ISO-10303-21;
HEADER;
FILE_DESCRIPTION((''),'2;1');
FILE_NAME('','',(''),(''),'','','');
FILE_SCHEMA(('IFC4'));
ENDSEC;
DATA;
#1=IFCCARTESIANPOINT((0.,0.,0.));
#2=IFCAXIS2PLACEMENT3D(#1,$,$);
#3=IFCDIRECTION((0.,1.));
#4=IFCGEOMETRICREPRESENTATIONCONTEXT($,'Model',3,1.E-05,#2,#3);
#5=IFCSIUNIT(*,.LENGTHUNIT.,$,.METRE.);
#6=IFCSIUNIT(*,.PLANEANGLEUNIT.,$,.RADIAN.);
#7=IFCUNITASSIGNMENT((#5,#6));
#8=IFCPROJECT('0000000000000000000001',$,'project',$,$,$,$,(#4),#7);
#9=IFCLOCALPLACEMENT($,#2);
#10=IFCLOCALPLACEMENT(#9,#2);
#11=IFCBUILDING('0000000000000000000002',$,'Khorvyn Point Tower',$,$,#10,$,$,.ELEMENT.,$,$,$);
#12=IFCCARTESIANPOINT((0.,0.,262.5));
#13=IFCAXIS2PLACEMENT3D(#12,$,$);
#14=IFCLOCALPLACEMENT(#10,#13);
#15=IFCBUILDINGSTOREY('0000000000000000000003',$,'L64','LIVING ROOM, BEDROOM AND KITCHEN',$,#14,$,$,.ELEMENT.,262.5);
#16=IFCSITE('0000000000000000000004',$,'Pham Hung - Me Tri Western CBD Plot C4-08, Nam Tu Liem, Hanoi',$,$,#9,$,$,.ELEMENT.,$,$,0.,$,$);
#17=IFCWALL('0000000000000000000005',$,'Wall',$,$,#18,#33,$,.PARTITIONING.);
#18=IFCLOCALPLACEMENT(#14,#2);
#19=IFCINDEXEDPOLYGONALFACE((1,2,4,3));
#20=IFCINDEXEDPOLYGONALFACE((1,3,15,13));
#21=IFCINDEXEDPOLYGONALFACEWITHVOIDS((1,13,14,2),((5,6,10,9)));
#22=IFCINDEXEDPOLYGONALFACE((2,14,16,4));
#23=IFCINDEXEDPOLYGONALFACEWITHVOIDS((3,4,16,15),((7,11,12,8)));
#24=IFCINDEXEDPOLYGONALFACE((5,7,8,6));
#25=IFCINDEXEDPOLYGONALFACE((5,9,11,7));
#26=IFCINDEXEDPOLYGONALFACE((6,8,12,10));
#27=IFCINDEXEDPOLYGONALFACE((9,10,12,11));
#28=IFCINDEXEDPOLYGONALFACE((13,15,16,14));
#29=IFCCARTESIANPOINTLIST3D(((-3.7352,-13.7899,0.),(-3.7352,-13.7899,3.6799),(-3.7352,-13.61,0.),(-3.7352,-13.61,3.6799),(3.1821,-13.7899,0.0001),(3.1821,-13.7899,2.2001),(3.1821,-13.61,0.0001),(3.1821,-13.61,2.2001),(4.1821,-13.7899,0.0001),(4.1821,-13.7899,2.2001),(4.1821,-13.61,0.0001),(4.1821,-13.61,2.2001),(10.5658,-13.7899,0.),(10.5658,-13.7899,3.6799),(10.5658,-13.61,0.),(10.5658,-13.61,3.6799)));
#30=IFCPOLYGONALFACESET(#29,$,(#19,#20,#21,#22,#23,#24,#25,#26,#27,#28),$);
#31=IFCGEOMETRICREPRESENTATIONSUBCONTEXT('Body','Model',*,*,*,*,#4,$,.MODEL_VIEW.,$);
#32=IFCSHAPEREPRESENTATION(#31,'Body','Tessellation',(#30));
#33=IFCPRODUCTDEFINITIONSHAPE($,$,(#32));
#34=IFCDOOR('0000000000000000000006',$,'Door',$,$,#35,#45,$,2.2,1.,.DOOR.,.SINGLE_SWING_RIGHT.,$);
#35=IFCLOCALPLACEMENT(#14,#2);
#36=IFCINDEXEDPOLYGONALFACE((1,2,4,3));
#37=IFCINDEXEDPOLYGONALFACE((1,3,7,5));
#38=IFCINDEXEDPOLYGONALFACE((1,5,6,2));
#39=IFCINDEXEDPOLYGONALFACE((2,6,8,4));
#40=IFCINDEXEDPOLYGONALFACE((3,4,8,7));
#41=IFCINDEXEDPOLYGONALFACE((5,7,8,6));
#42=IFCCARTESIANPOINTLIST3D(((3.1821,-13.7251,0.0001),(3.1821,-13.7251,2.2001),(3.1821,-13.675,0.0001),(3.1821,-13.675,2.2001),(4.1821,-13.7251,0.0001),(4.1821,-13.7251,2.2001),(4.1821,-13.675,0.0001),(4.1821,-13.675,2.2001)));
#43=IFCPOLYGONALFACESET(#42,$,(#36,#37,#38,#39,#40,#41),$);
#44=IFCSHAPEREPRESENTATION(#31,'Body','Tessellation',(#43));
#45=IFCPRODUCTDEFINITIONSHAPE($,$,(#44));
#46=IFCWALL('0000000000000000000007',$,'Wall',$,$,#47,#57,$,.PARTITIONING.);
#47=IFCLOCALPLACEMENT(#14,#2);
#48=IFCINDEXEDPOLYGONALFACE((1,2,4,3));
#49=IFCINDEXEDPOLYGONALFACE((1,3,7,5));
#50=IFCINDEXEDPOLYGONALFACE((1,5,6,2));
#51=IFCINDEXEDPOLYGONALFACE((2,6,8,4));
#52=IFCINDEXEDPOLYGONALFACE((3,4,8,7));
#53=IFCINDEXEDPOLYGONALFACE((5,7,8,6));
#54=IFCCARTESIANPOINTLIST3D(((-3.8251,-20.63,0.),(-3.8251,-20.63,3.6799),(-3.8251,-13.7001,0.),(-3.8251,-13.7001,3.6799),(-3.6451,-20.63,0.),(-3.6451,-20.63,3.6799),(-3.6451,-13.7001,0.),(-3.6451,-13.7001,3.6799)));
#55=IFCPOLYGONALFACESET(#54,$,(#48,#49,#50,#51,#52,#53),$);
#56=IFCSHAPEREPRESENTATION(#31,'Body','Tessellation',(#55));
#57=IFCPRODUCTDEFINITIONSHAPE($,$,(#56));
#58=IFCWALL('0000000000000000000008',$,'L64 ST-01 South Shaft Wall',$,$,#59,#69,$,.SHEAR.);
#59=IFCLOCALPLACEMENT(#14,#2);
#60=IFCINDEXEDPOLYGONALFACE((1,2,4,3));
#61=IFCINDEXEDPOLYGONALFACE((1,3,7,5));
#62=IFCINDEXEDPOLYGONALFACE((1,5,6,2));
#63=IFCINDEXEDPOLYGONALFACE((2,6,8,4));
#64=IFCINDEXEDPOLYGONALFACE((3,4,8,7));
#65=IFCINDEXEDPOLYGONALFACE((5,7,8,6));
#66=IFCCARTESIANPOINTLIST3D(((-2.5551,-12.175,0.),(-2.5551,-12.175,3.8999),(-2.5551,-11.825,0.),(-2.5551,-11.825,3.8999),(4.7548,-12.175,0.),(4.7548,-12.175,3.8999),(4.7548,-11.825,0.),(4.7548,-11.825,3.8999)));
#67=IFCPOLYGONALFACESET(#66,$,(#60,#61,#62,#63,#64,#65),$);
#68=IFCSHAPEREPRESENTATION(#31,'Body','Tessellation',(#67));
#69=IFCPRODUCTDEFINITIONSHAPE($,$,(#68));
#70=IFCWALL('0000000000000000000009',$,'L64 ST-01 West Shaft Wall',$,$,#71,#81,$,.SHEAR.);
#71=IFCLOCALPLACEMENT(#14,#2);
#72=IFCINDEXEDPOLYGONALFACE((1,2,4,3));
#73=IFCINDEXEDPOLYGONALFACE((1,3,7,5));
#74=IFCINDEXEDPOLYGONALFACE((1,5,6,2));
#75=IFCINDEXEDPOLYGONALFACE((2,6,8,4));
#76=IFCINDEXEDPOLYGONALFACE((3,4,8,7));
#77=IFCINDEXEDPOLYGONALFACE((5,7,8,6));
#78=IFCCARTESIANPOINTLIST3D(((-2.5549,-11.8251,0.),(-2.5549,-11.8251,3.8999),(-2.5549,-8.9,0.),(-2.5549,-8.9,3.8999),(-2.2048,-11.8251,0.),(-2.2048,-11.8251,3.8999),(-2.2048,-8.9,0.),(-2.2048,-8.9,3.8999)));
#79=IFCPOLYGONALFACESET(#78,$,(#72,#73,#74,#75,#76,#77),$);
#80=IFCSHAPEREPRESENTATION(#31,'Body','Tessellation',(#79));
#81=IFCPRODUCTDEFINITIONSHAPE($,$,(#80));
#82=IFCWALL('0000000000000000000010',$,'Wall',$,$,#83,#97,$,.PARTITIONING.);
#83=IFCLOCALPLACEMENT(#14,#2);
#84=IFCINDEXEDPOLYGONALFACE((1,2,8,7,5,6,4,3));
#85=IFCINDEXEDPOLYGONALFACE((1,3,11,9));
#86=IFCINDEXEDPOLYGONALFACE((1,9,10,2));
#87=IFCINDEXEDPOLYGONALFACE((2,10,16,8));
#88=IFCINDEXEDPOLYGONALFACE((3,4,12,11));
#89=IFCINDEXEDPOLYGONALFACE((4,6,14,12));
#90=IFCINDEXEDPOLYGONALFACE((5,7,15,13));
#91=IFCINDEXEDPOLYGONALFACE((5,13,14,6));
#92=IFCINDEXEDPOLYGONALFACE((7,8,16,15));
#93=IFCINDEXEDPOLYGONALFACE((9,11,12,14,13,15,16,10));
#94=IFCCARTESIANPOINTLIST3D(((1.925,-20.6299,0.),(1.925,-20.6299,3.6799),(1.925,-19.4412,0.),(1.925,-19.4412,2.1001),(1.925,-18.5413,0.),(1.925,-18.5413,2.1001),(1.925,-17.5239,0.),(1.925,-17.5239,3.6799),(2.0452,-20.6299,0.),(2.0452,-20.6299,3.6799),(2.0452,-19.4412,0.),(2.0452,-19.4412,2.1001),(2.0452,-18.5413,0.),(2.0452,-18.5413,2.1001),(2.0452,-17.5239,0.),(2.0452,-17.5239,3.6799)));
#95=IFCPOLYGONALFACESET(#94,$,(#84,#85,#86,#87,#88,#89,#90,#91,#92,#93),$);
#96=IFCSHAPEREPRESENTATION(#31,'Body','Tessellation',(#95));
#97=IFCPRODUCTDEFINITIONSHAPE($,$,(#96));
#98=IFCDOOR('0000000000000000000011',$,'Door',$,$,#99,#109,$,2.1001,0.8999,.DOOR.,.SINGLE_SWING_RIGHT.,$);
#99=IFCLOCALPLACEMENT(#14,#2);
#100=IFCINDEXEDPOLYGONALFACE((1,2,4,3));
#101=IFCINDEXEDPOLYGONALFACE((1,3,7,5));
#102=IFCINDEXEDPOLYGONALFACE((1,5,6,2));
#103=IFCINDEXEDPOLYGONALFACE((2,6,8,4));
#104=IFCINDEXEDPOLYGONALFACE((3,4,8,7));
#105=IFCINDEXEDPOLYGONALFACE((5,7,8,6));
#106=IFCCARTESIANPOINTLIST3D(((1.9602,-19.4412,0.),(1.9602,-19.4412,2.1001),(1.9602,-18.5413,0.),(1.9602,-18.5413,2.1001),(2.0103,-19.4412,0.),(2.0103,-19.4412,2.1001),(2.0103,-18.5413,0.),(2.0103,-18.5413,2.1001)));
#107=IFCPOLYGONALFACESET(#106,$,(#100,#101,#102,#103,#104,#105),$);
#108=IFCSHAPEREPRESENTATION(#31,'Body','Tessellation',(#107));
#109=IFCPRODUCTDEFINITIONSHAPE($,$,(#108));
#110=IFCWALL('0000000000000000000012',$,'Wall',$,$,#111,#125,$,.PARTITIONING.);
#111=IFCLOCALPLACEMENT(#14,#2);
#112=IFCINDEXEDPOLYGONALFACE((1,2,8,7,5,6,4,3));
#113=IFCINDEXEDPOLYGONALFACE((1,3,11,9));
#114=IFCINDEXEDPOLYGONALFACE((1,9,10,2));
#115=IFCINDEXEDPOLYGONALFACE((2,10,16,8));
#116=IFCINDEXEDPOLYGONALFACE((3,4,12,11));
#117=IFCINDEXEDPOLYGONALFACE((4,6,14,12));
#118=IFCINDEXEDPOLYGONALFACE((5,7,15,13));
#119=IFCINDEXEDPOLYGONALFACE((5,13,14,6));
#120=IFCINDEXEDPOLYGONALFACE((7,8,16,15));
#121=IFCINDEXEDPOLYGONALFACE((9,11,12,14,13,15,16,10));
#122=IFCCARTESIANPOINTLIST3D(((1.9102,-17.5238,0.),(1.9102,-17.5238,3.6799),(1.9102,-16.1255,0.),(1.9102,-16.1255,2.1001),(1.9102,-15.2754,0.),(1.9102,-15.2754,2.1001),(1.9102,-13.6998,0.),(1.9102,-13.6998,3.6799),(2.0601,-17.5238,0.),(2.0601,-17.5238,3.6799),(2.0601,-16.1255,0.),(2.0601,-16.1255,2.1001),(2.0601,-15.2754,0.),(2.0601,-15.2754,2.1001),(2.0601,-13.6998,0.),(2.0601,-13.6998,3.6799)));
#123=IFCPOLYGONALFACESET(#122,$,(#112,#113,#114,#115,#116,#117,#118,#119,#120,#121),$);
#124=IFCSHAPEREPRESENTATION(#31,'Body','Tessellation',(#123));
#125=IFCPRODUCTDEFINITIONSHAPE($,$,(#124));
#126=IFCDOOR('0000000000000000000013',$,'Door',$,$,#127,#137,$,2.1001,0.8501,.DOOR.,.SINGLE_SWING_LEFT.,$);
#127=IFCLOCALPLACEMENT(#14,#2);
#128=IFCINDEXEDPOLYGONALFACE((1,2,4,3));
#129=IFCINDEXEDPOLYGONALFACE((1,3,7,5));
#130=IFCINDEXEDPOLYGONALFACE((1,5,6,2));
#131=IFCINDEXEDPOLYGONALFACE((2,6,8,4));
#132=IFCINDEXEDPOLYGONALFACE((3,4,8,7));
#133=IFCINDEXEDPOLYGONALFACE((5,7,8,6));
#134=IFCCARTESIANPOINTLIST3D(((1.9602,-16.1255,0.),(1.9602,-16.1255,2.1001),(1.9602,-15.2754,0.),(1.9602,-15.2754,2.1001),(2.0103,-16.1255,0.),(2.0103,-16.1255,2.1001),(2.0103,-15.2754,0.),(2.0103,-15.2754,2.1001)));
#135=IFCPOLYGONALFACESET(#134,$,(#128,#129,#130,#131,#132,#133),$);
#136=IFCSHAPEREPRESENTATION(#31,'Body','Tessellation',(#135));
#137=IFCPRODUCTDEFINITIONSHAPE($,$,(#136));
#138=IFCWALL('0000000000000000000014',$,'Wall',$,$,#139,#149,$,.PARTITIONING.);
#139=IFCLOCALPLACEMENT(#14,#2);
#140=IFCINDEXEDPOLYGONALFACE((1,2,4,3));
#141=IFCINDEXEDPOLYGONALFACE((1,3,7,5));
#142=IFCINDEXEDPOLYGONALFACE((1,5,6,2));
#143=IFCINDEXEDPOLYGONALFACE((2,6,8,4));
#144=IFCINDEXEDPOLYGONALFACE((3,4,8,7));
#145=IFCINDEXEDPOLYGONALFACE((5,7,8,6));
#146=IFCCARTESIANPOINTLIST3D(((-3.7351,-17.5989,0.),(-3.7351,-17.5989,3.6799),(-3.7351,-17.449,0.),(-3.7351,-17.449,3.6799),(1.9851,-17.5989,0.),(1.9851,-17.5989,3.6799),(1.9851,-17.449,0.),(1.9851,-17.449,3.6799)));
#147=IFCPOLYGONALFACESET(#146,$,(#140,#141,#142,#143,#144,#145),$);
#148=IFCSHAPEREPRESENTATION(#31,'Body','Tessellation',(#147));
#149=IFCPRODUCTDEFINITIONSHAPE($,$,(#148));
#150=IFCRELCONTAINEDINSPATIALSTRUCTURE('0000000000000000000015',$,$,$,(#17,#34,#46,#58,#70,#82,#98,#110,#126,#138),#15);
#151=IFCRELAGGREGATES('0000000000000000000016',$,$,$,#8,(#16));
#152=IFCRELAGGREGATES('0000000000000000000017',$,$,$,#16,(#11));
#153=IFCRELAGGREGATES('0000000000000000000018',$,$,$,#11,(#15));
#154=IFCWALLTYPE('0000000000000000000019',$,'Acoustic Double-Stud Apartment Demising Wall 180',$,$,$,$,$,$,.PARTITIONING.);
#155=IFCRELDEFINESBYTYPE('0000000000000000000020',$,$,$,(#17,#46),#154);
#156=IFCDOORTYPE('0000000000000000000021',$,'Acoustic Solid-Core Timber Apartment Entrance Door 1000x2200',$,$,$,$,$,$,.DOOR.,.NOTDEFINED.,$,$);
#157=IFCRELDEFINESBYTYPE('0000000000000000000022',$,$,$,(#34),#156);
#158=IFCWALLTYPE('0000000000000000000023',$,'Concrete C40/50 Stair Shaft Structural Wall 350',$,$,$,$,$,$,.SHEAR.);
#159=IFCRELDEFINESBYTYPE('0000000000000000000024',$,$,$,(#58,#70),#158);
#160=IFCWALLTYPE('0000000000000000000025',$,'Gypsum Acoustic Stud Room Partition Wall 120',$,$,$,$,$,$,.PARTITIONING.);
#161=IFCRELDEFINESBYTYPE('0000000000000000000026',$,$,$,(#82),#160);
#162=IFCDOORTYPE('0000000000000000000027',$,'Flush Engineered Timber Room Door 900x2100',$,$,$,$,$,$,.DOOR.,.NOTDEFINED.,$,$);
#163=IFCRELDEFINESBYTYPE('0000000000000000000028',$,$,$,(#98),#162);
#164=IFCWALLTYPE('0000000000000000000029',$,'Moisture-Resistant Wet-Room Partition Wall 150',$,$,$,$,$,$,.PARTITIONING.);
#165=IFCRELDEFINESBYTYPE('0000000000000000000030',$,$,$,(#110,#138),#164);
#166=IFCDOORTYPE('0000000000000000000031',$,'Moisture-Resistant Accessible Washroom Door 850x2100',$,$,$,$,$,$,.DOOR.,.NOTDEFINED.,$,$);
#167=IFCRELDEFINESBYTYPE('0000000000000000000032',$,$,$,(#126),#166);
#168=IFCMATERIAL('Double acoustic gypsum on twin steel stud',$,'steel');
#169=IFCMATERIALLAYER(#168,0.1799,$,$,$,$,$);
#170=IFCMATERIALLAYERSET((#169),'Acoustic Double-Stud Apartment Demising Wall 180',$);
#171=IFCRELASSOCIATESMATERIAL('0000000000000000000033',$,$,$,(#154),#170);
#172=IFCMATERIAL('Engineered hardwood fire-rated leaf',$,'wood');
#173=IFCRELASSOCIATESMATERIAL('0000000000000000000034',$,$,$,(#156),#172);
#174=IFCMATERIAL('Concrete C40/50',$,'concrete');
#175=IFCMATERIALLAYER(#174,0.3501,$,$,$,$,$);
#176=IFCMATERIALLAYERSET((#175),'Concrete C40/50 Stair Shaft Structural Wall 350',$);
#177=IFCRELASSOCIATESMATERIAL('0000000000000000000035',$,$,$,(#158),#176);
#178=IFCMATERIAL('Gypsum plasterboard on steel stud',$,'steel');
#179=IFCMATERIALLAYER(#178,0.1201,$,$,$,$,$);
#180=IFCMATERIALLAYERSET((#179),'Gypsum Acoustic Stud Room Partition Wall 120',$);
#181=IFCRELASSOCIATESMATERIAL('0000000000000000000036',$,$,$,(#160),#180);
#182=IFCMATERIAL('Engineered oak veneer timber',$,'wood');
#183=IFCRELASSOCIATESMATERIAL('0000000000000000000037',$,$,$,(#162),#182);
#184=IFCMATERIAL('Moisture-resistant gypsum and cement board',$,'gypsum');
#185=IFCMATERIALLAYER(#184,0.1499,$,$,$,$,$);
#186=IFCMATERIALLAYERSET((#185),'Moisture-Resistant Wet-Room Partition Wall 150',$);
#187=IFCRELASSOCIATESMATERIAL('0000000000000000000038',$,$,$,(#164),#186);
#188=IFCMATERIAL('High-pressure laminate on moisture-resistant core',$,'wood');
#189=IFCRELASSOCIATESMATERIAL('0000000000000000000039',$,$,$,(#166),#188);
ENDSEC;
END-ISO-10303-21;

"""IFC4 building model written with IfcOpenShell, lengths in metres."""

from ifc_helpers import new_model, si_unit, direction, frame, frame_2d, origin, place, context, subcontext, project, spatial, rectangle, extrude, material, layer, layer_set, type_object, element, fill, save


model = new_model("IFC4")

# Units and contexts
model_context = context("Model", 3, precision=1e-05, world=origin(), true_north=direction((0.0, 1.0)))
body_context = subcontext(model_context, "Body", "Model", "MODEL_VIEW")
ifc_project = project(units=[si_unit("LENGTHUNIT", "METRE"), si_unit("PLANEANGLEUNIT", "RADIAN")], contexts=[model_context])

# Site, building, storey
site_placement = place(None, origin())
site = spatial("IfcSite", under=ifc_project, at=site_placement, Name="Pham Hung - Me Tri Western CBD Plot C4-08, Nam Tu Liem, Hanoi", CompositionType="ELEMENT", RefElevation=0.0)
building_placement = place(site_placement, origin())
building = spatial("IfcBuilding", under=site, at=building_placement, Name="Khorvyn Point Tower", CompositionType="ELEMENT")
storey_placement = place(building_placement, frame((0.0, 0.0, 262.5)))
storey = spatial("IfcBuildingStorey", under=building, at=storey_placement, Name="L64", Description="LIVING ROOM, BEDROOM AND KITCHEN", CompositionType="ELEMENT", Elevation=262.5)

# Shared definitions
ifc_material_1 = material(Name="Concrete C40/50", Category="concrete")

# Wall, opening, door
ifc_material_2 = material(Name="Double acoustic gypsum on twin steel stud", Category="steel")
ifc_layer_1 = layer(ifc_material_2, 0.1799)
ifc_layer_set_1 = layer_set([ifc_layer_1], Name="Acoustic Double-Stud Apartment Demising Wall 180")
wall_type_1 = type_object("IfcWallType", Name="Acoustic Double-Stud Apartment Demising Wall 180", PredefinedType="PARTITIONING", material=ifc_layer_set_1)
wall_1_placement = place(storey_placement, frame((-3.7351, -13.7, 0.0), z_axis=(0.0, 0.0, 1.0), x_axis=(1.0, 0.0, 0.0)))
wall_1 = element("IfcWall", 1, at=wall_1_placement, inside=storey, type_object=wall_type_1, Name="Wall", PredefinedType="PARTITIONING", context=body_context, shape_type="SweptSolid", body=[
    extrude(rectangle(XDim=14.301, YDim=0.1799, at=frame_2d((7.1504, 0.0))), origin(), (0.0, 0.0, 1.0), 3.6799),
])
opening_1_placement = place(wall_1_placement, frame((6.9172, 0.0, 0.0)))
opening_1 = element("IfcOpeningElement", 2, at=opening_1_placement, cuts=wall_1, PredefinedType="OPENING", context=body_context, shape_type="SweptSolid", body=[
    extrude(rectangle(XDim=1.0, YDim=2.2, at=frame_2d((0.5, 1.1001))), frame((0.0, 0.0999, 0.0), z_axis=(0.0, -1.0, 0.0), x_axis=(1.0, 0.0, 0.0)), (0.0, 0.0, 1.0), 0.2),
])
ifc_material_3 = material(Name="Engineered hardwood fire-rated leaf", Category="wood")
door_type_1 = type_object("IfcDoorType", Name="Acoustic Solid-Core Timber Apartment Entrance Door 1000x2200", OperationType="NOTDEFINED", PredefinedType="DOOR", material=ifc_material_3)
door_1_placement = place(opening_1_placement, origin())
door_1 = element("IfcDoor", 3, at=door_1_placement, inside=storey, type_object=door_type_1, Name="Door", OperationType="SINGLE_SWING_RIGHT", OverallHeight=2.2, OverallWidth=1.0, PredefinedType="DOOR", context=body_context, shape_type="SweptSolid", body=[
    extrude(rectangle(XDim=1.0, YDim=2.2, at=frame_2d((0.5, 1.1001))), frame((0.0, 0.0249, 0.0), z_axis=(0.0, -1.0, 0.0), x_axis=(1.0, 0.0, 0.0)), (0.0, 0.0, 1.0), 0.05),
])
fill(opening_1, door_1)

# Walls
wall_2_placement = place(storey_placement, frame((-3.7351, -20.6299, 0.0), z_axis=(0.0, 0.0, 1.0), x_axis=(0.0, 1.0, 0.0)))
element("IfcWall", 4, at=wall_2_placement, inside=storey, type_object=wall_type_1, Name="Wall", PredefinedType="PARTITIONING", context=body_context, shape_type="SweptSolid", body=[
    extrude(rectangle(XDim=6.9299, YDim=0.1799, at=frame_2d((3.4648, 0.0))), origin(), (0.0, 0.0, 1.0), 3.6799),
])
ifc_layer_2 = layer(ifc_material_1, 0.3501)
ifc_layer_set_2 = layer_set([ifc_layer_2], Name="Concrete C40/50 Stair Shaft Structural Wall 350")
wall_type_2 = type_object("IfcWallType", Name="Concrete C40/50 Stair Shaft Structural Wall 350", PredefinedType="SHEAR", material=ifc_layer_set_2)
wall_3_placement = place(storey_placement, frame((-2.5549, -12.0, 0.0), z_axis=(0.0, 0.0, 1.0), x_axis=(1.0, 0.0, 0.0)))
element("IfcWall", 5, at=wall_3_placement, inside=storey, type_object=wall_type_2, Name="L64 ST-01 South Shaft Wall", PredefinedType="SHEAR", context=body_context, shape_type="SweptSolid", body=[
    extrude(rectangle(XDim=7.3098, YDim=0.3501, at=frame_2d((3.6548, 0.0))), origin(), (0.0, 0.0, 1.0), 3.8999),
])
wall_4_placement = place(storey_placement, frame((-2.3799, -11.825, 0.0), z_axis=(0.0, 0.0, 1.0), x_axis=(0.0, 1.0, 0.0)))
element("IfcWall", 6, at=wall_4_placement, inside=storey, type_object=wall_type_2, Name="L64 ST-01 West Shaft Wall", PredefinedType="SHEAR", context=body_context, shape_type="SweptSolid", body=[
    extrude(rectangle(XDim=2.925, YDim=0.3501, at=frame_2d((1.4624, 0.0))), origin(), (0.0, 0.0, 1.0), 3.8999),
])

# Walls, openings, doors
ifc_material_4 = material(Name="Gypsum plasterboard on steel stud", Category="steel")
ifc_layer_3 = layer(ifc_material_4, 0.1201)
ifc_layer_set_3 = layer_set([ifc_layer_3], Name="Gypsum Acoustic Stud Room Partition Wall 120")
wall_type_3 = type_object("IfcWallType", Name="Gypsum Acoustic Stud Room Partition Wall 120", PredefinedType="PARTITIONING", material=ifc_layer_set_3)
wall_5_placement = place(storey_placement, frame((1.9851, -20.6299, 0.0), z_axis=(0.0, 0.0, 1.0), x_axis=(0.0, 1.0, 0.0)))
wall_5 = element("IfcWall", 7, at=wall_5_placement, inside=storey, type_object=wall_type_3, Name="Wall", PredefinedType="PARTITIONING", context=body_context, shape_type="SweptSolid", body=[
    extrude(rectangle(XDim=3.106, YDim=0.1201, at=frame_2d((1.553, 0.0))), origin(), (0.0, 0.0, 1.0), 3.6799),
])
opening_2_placement = place(wall_5_placement, frame((1.1887, 0.0, 0.0)))
opening_2 = element("IfcOpeningElement", 8, at=opening_2_placement, cuts=wall_5, PredefinedType="OPENING", context=body_context, shape_type="SweptSolid", body=[
    extrude(rectangle(XDim=0.8999, YDim=2.1001, at=frame_2d((0.45, 1.05))), frame((0.0, 0.0701, 0.0), z_axis=(0.0, -1.0, 0.0), x_axis=(1.0, 0.0, 0.0)), (0.0, 0.0, 1.0), 0.1401),
])
ifc_material_5 = material(Name="Engineered oak veneer timber", Category="wood")
door_type_2 = type_object("IfcDoorType", Name="Flush Engineered Timber Room Door 900x2100", OperationType="NOTDEFINED", PredefinedType="DOOR", material=ifc_material_5)
door_2_placement = place(opening_2_placement, origin())
door_2 = element("IfcDoor", 9, at=door_2_placement, inside=storey, type_object=door_type_2, Name="Door", OperationType="SINGLE_SWING_RIGHT", OverallHeight=2.1001, OverallWidth=0.8999, PredefinedType="DOOR", context=body_context, shape_type="SweptSolid", body=[
    extrude(rectangle(XDim=0.8999, YDim=2.1001, at=frame_2d((0.45, 1.05))), frame((0.0, 0.0249, 0.0), z_axis=(0.0, -1.0, 0.0), x_axis=(1.0, 0.0, 0.0)), (0.0, 0.0, 1.0), 0.05),
])
fill(opening_2, door_2)
ifc_material_6 = material(Name="Moisture-resistant gypsum and cement board", Category="gypsum")
ifc_layer_4 = layer(ifc_material_6, 0.1499)
ifc_layer_set_4 = layer_set([ifc_layer_4], Name="Moisture-Resistant Wet-Room Partition Wall 150")
wall_type_4 = type_object("IfcWallType", Name="Moisture-Resistant Wet-Room Partition Wall 150", PredefinedType="PARTITIONING", material=ifc_layer_set_4)
wall_6_placement = place(storey_placement, frame((1.9851, -17.5239, 0.0), z_axis=(0.0, 0.0, 1.0), x_axis=(0.0, 1.0, 0.0)))
wall_6 = element("IfcWall", 10, at=wall_6_placement, inside=storey, type_object=wall_type_4, Name="Wall", PredefinedType="PARTITIONING", context=body_context, shape_type="SweptSolid", body=[
    extrude(rectangle(XDim=3.824, YDim=0.1499, at=frame_2d((1.9121, 0.0))), origin(), (0.0, 0.0, 1.0), 3.6799),
])
opening_3_placement = place(wall_6_placement, frame((1.3984, 0.0, 0.0)))
opening_3 = element("IfcOpeningElement", 11, at=opening_3_placement, cuts=wall_6, PredefinedType="OPENING", context=body_context, shape_type="SweptSolid", body=[
    extrude(rectangle(XDim=0.8501, YDim=2.1001, at=frame_2d((0.425, 1.05))), frame((0.0, 0.085, 0.0), z_axis=(0.0, -1.0, 0.0), x_axis=(1.0, 0.0, 0.0)), (0.0, 0.0, 1.0), 0.1699),
])
ifc_material_7 = material(Name="High-pressure laminate on moisture-resistant core", Category="wood")
door_type_3 = type_object("IfcDoorType", Name="Moisture-Resistant Accessible Washroom Door 850x2100", OperationType="NOTDEFINED", PredefinedType="DOOR", material=ifc_material_7)
door_3_placement = place(opening_3_placement, origin())
door_3 = element("IfcDoor", 12, at=door_3_placement, inside=storey, type_object=door_type_3, Name="Door", OperationType="SINGLE_SWING_LEFT", OverallHeight=2.1001, OverallWidth=0.8501, PredefinedType="DOOR", context=body_context, shape_type="SweptSolid", body=[
    extrude(rectangle(XDim=0.8501, YDim=2.1001, at=frame_2d((0.425, 1.05))), frame((0.0, 0.0249, 0.0), z_axis=(0.0, -1.0, 0.0), x_axis=(1.0, 0.0, 0.0)), (0.0, 0.0, 1.0), 0.05),
])
fill(opening_3, door_3)

# Wall
wall_7_placement = place(storey_placement, frame((-3.7351, -17.5239, 0.0), z_axis=(0.0, 0.0, 1.0), x_axis=(1.0, 0.0, 0.0)))
element("IfcWall", 13, at=wall_7_placement, inside=storey, type_object=wall_type_4, Name="Wall", PredefinedType="PARTITIONING", context=body_context, shape_type="SweptSolid", body=[
    extrude(rectangle(XDim=5.7202, YDim=0.1499, at=frame_2d((2.8601, 0.0))), origin(), (0.0, 0.0, 1.0), 3.6799),
])

save(model, "model.ifc")
